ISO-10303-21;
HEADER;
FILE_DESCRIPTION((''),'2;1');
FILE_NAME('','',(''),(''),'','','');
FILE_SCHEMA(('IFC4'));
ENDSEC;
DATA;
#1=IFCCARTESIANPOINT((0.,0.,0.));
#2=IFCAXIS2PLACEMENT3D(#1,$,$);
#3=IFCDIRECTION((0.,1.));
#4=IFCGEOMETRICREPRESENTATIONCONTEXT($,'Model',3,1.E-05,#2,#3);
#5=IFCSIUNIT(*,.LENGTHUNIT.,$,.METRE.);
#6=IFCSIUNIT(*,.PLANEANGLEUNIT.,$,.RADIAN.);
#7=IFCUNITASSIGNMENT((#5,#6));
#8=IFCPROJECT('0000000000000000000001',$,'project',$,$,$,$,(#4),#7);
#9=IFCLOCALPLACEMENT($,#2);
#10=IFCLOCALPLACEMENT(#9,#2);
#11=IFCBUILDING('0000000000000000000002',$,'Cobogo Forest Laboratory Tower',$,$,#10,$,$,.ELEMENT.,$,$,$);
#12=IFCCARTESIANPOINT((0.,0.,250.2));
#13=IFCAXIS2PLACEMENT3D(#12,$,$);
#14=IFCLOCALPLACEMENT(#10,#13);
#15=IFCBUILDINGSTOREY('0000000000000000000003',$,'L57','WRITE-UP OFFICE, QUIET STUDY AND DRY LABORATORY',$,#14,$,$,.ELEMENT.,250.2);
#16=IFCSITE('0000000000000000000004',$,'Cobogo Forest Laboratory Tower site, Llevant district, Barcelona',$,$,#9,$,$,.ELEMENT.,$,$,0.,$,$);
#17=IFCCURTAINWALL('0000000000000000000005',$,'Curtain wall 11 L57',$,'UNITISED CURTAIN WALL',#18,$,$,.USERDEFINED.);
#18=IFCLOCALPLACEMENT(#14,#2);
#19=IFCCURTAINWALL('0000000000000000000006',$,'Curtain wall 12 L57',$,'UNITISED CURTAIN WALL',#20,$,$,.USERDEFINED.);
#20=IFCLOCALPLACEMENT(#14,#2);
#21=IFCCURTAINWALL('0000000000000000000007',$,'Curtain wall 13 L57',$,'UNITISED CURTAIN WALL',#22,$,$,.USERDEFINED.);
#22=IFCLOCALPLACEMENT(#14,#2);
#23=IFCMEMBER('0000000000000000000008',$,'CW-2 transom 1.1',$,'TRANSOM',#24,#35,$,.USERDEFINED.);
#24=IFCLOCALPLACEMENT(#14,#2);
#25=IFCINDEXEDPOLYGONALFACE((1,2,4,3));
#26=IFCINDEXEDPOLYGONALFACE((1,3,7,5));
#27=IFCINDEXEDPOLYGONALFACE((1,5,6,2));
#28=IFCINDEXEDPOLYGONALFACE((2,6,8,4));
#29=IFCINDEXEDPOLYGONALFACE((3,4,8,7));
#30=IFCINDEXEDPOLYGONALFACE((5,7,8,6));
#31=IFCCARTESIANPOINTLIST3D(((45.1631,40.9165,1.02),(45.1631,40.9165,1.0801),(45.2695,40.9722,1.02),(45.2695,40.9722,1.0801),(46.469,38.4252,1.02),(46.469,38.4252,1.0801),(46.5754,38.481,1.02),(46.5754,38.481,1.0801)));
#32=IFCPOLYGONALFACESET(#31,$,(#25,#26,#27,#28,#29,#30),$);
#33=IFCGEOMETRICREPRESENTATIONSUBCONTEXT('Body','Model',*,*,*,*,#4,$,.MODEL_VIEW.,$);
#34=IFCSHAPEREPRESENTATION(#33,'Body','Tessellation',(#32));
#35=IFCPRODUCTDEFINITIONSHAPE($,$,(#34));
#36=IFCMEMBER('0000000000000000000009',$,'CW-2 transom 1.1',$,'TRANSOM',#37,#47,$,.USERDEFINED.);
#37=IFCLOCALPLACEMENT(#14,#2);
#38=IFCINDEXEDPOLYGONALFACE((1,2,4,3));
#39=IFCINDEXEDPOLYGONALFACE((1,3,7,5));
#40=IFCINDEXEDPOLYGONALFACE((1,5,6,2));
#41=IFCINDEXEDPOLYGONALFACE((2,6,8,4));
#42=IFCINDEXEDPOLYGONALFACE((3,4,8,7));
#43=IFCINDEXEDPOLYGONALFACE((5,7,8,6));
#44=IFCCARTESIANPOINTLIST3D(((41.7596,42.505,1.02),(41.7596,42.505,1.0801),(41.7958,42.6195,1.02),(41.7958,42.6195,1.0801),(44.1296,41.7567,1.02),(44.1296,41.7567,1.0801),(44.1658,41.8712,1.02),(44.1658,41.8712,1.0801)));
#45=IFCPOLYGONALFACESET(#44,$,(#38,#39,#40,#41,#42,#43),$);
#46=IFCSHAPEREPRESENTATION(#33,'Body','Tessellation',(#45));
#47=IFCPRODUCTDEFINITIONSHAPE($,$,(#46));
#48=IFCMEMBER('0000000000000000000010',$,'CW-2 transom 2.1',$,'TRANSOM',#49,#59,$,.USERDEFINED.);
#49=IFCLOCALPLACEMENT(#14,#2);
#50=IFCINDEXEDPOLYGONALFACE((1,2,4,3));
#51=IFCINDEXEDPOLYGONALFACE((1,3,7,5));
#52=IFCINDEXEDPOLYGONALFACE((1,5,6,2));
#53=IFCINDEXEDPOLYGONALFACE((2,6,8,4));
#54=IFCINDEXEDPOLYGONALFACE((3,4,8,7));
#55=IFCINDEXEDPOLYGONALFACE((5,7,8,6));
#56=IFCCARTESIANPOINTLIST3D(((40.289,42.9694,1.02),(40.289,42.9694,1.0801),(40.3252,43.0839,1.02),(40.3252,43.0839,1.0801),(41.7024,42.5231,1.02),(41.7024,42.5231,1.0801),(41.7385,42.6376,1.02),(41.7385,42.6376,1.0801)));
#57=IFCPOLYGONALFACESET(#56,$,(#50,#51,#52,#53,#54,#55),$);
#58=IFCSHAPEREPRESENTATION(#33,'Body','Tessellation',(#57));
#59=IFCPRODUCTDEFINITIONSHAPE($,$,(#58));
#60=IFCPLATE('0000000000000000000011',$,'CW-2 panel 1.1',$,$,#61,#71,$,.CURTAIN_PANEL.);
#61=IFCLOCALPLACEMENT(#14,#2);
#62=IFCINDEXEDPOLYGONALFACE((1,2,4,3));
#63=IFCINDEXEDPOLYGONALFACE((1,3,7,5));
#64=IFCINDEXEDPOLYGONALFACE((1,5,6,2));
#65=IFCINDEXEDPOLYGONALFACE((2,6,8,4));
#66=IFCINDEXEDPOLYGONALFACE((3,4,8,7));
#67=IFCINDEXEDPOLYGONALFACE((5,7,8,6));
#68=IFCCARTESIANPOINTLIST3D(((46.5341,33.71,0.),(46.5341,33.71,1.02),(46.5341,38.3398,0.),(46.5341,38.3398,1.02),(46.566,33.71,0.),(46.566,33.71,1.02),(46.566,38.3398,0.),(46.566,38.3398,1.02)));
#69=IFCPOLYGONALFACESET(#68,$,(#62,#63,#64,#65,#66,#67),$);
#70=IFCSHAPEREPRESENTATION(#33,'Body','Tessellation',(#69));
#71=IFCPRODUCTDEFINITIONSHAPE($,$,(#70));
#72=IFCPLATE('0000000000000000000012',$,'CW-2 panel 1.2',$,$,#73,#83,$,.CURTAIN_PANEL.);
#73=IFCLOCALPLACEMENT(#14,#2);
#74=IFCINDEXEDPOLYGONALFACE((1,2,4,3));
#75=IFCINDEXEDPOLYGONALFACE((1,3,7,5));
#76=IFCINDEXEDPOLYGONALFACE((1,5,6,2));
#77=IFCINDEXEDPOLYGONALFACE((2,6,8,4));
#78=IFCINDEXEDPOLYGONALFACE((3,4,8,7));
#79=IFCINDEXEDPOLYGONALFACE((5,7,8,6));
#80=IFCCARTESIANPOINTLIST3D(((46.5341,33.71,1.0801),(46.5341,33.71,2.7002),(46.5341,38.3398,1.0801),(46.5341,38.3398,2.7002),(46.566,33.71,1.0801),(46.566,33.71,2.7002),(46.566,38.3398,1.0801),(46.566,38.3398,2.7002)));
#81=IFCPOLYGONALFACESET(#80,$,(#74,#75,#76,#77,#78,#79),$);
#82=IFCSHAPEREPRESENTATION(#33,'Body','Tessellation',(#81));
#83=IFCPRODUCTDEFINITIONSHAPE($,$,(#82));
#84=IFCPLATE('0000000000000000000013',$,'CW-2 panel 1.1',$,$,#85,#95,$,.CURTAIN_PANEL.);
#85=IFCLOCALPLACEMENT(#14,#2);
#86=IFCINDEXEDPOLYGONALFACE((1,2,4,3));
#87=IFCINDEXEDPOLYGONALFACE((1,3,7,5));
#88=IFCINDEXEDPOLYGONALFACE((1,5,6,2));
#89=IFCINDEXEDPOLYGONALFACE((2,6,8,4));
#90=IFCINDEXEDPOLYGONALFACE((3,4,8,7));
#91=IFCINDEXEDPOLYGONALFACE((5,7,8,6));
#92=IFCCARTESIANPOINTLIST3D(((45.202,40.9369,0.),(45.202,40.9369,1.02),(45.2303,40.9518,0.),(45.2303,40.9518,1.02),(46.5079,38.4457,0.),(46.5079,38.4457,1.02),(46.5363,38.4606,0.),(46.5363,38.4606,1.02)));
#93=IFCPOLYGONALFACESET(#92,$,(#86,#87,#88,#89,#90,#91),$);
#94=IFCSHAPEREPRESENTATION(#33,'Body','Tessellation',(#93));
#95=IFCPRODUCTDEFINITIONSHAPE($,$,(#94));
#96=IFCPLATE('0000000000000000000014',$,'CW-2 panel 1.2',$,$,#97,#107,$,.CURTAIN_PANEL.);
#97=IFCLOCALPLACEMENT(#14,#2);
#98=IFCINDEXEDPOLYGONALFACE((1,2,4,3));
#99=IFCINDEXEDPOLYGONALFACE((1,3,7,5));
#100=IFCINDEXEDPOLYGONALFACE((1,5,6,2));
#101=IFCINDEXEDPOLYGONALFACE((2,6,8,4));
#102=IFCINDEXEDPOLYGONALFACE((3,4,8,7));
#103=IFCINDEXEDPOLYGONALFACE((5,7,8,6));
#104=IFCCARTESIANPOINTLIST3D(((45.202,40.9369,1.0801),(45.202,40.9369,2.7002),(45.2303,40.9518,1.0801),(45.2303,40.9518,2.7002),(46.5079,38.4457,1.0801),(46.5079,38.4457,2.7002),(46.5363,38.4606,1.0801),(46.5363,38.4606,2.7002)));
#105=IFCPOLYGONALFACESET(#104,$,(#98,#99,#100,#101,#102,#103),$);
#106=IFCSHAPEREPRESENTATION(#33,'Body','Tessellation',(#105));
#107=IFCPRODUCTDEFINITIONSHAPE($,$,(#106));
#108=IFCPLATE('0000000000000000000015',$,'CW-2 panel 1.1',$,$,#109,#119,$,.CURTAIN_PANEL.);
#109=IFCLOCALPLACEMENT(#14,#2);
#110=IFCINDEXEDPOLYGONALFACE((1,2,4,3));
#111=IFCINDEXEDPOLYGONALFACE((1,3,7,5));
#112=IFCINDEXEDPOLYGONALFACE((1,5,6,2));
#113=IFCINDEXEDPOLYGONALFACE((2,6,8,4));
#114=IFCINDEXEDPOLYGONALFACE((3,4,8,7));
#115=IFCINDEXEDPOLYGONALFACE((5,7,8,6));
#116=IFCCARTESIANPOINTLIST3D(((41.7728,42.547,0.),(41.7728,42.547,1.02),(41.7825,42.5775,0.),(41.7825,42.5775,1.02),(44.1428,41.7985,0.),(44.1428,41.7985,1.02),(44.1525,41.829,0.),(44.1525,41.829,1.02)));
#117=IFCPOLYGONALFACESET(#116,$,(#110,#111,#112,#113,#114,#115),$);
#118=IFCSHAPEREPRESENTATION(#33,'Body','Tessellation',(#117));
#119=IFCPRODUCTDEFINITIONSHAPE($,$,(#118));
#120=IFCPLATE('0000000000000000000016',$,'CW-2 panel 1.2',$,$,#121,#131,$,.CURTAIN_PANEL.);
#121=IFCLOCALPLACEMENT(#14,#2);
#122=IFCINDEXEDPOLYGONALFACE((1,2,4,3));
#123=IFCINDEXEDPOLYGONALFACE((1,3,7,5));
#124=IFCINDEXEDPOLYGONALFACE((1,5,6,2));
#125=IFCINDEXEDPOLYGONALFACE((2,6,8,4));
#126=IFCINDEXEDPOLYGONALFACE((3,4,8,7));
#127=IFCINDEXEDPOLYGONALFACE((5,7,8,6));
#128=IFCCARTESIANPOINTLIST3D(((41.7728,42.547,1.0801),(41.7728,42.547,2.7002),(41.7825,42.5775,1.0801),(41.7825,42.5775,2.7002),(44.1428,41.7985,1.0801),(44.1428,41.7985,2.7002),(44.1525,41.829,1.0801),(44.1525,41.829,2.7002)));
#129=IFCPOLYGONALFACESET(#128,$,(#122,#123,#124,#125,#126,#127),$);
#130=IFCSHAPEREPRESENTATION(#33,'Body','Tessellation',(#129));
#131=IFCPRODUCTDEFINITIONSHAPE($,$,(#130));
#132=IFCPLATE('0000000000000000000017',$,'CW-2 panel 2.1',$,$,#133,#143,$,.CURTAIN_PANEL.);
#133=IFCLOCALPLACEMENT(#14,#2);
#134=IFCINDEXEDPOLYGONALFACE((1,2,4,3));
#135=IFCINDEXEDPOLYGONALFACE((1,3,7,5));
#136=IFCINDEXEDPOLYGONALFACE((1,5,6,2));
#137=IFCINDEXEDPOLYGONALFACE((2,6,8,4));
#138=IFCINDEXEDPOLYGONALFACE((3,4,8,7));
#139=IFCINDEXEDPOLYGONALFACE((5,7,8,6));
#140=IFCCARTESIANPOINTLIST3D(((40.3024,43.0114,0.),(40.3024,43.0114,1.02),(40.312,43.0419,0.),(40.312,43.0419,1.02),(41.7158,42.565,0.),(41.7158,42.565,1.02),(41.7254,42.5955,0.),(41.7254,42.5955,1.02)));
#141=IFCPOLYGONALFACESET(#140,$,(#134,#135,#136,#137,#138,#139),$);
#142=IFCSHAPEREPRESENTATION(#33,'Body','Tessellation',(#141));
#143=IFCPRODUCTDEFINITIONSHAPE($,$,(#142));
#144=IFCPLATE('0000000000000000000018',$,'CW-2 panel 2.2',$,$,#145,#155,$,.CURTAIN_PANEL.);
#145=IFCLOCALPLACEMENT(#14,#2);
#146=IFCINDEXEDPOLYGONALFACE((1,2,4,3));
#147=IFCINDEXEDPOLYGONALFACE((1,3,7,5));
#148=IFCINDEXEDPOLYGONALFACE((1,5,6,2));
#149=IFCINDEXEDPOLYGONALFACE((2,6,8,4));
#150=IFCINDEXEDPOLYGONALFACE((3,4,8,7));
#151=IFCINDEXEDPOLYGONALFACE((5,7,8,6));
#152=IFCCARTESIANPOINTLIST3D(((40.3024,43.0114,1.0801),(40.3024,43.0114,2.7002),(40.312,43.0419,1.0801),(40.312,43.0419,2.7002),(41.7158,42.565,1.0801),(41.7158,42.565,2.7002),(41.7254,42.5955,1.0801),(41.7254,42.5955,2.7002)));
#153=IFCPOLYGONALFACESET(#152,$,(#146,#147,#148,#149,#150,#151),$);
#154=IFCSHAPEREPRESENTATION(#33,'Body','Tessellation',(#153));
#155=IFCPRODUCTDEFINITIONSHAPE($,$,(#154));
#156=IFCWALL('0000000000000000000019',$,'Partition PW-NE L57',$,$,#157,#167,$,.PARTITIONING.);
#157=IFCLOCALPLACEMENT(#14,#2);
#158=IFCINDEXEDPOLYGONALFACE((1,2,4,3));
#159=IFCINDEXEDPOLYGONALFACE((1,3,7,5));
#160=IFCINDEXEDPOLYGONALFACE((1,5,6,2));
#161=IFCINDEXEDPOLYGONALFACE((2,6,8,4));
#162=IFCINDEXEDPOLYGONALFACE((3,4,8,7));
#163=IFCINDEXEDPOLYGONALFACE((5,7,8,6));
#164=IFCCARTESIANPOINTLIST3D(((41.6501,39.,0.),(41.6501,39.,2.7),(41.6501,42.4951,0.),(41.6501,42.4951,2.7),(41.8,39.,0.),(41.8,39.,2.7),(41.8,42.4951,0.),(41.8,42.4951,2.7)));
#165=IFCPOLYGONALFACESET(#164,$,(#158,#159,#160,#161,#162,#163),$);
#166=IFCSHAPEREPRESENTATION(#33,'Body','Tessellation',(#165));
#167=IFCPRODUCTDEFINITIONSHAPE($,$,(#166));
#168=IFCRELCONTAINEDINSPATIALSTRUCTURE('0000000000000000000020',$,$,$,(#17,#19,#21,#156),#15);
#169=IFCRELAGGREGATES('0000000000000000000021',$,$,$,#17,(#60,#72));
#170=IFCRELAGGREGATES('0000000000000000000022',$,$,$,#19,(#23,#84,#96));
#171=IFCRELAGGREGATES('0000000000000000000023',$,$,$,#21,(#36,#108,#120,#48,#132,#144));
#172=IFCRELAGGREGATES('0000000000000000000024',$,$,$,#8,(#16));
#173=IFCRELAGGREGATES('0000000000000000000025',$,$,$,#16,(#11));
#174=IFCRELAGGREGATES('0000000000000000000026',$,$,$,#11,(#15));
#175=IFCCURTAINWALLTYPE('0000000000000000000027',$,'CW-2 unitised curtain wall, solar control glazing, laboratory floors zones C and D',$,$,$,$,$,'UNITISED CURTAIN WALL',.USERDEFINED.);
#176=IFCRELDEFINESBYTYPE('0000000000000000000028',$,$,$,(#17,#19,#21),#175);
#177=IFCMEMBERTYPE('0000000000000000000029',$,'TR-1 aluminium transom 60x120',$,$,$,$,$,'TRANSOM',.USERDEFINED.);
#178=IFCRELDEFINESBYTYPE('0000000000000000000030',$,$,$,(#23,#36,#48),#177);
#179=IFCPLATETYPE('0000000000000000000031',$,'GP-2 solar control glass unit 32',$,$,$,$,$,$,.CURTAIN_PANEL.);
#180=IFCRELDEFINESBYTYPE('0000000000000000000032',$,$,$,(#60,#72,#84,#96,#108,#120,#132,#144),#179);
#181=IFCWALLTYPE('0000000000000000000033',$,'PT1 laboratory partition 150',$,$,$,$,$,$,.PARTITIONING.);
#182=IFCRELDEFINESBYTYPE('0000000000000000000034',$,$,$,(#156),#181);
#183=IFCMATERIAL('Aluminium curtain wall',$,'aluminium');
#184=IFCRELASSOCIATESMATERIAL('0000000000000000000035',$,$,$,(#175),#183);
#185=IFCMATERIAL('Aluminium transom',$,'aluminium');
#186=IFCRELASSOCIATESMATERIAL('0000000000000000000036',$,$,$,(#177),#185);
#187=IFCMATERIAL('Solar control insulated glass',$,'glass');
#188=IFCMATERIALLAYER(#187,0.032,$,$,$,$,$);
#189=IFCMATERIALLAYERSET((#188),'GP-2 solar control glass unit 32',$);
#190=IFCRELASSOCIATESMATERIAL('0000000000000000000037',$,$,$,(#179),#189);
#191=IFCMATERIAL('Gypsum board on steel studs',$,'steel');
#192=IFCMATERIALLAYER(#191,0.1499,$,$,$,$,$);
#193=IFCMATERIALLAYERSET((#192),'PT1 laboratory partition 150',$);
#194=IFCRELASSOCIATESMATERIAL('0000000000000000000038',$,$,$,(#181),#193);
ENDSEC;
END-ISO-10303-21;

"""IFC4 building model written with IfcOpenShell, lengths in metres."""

from ifc_helpers import new_model, si_unit, direction, frame, frame_2d, origin, origin_2d, place, context, subcontext, project, spatial, rectangle, extrude, material, layer, layer_set, material_profile, profile_set, type_object, element, aggregate, save


model = new_model("IFC4")

# Units and contexts
model_context = context("Model", 3, precision=1e-05, world=origin(), true_north=direction((0.0, 1.0)))
body_context = subcontext(model_context, "Body", "Model", "MODEL_VIEW")
ifc_project = project(units=[si_unit("LENGTHUNIT", "METRE"), si_unit("PLANEANGLEUNIT", "RADIAN")], contexts=[model_context])

# Site, building, storey
site_placement = place(None, origin())
site = spatial("IfcSite", under=ifc_project, at=site_placement, Name="Cobogo Forest Laboratory Tower site, Llevant district, Barcelona", CompositionType="ELEMENT", RefElevation=0.0)
building_placement = place(site_placement, origin())
building = spatial("IfcBuilding", under=site, at=building_placement, Name="Cobogo Forest Laboratory Tower", CompositionType="ELEMENT")
storey_placement = place(building_placement, frame((0.0, 0.0, 250.2)))
storey = spatial("IfcBuildingStorey", under=building, at=storey_placement, Name="L57", Description="WRITE-UP OFFICE, QUIET STUDY AND DRY LABORATORY", CompositionType="ELEMENT", Elevation=250.2)

# Curtain wall
ifc_material_1 = material(Name="Aluminium curtain wall", Category="aluminium")
curtain_wall_type = type_object("IfcCurtainWallType", Name="CW-2 unitised curtain wall, solar control glazing, laboratory floors zones C and D", ElementType="UNITISED CURTAIN WALL", PredefinedType="USERDEFINED", material=ifc_material_1)
curtain_wall_1_placement = place(storey_placement, origin())
curtain_wall_1 = element("IfcCurtainWall", 1, at=curtain_wall_1_placement, inside=storey, type_object=curtain_wall_type, Name="Curtain wall 11 L57", ObjectType="UNITISED CURTAIN WALL", PredefinedType="USERDEFINED")

# Curtain walls
curtain_wall_2_placement = place(storey_placement, origin())
curtain_wall_2 = element("IfcCurtainWall", 2, at=curtain_wall_2_placement, inside=storey, type_object=curtain_wall_type, Name="Curtain wall 12 L57", ObjectType="UNITISED CURTAIN WALL", PredefinedType="USERDEFINED")
curtain_wall_3_placement = place(storey_placement, origin())
curtain_wall_3 = element("IfcCurtainWall", 3, at=curtain_wall_3_placement, inside=storey, type_object=curtain_wall_type, Name="Curtain wall 13 L57", ObjectType="UNITISED CURTAIN WALL", PredefinedType="USERDEFINED")

# Members
ifc_material_2 = material(Name="Aluminium transom", Category="aluminium")
ifc_material_profile_1 = material_profile(ifc_material_2, rectangle(XDim=0.1201, YDim=0.0601, at=origin_2d()), Name="AL 60x120")
ifc_profile_set_1 = profile_set([ifc_material_profile_1], Name="Aluminium transom")
member_type_1 = type_object("IfcMemberType", Name="TR-1 aluminium transom 60x120", ElementType="TRANSOM", PredefinedType="USERDEFINED", material=ifc_profile_set_1)
member_1_placement = place(storey_placement, frame((46.5222, 38.4531, 1.05), z_axis=(-0.464283, 0.885687, 0.0), x_axis=(-0.885687, -0.464283, 0.0)))
member_1 = element("IfcMember", 4, at=member_1_placement, type_object=member_type_1, Name="CW-2 transom 1.1", ObjectType="TRANSOM", PredefinedType="USERDEFINED", context=body_context, shape_type="SweptSolid", body=[
    extrude(rectangle(XDim=0.1201, YDim=0.0601, at=origin_2d()), origin(), (0.0, 0.0, 1.0), 2.8127),
])
member_2_placement = place(storey_placement, frame((44.1477, 41.814, 1.05), z_axis=(-0.953602, 0.30107, 0.0), x_axis=(-0.30107, -0.953602, 0.0)))
member_2 = element("IfcMember", 5, at=member_2_placement, type_object=member_type_1, Name="CW-2 transom 1.1", ObjectType="TRANSOM", PredefinedType="USERDEFINED", context=body_context, shape_type="SweptSolid", body=[
    extrude(rectangle(XDim=0.1201, YDim=0.0601, at=origin_2d()), origin(), (0.0, 0.0, 1.0), 2.4854),
])
member_3_placement = place(storey_placement, frame((41.7205, 42.5803, 1.05), z_axis=(-0.953588, 0.301116, 0.0), x_axis=(-0.301116, -0.953588, 0.0)))
member_3 = element("IfcMember", 6, at=member_3_placement, type_object=member_type_1, Name="CW-2 transom 2.1", ObjectType="TRANSOM", PredefinedType="USERDEFINED", context=body_context, shape_type="SweptSolid", body=[
    extrude(rectangle(XDim=0.1201, YDim=0.0601, at=origin_2d()), origin(), (0.0, 0.0, 1.0), 1.4822),
])

# Plates
ifc_material_3 = material(Name="Solar control insulated glass", Category="glass")
ifc_layer_1 = layer(ifc_material_3, 0.032)
ifc_layer_set_1 = layer_set([ifc_layer_1], Name="GP-2 solar control glass unit 32")
plate_type = type_object("IfcPlateType", Name="GP-2 solar control glass unit 32", PredefinedType="CURTAIN_PANEL", material=ifc_layer_set_1)
plate_1_placement = place(storey_placement, frame((46.55, 36.0249, 0.0), z_axis=(0.0, 0.0, 1.0), x_axis=(0.0, 1.0, 0.0)))
plate_1 = element("IfcPlate", 7, at=plate_1_placement, type_object=plate_type, Name="CW-2 panel 1.1", PredefinedType="CURTAIN_PANEL", context=body_context, shape_type="SweptSolid", body=[
    extrude(rectangle(XDim=4.6299, YDim=0.032, at=origin_2d()), origin(), (0.0, 0.0, 1.0), 1.02),
])
plate_2_placement = place(storey_placement, frame((46.55, 36.0249, 1.0801), z_axis=(0.0, 0.0, 1.0), x_axis=(0.0, 1.0, 0.0)))
plate_2 = element("IfcPlate", 8, at=plate_2_placement, type_object=plate_type, Name="CW-2 panel 1.2", PredefinedType="CURTAIN_PANEL", context=body_context, shape_type="SweptSolid", body=[
    extrude(rectangle(XDim=4.6299, YDim=0.032, at=origin_2d()), origin(), (0.0, 0.0, 1.0), 1.6201),
])
aggregate(curtain_wall_1, [plate_1, plate_2])
plate_3_placement = place(storey_placement, frame((45.8691, 39.6987, 0.0), z_axis=(0.0, 0.0, 1.0), x_axis=(-0.464284, 0.885686, 0.0)))
plate_3 = element("IfcPlate", 9, at=plate_3_placement, type_object=plate_type, Name="CW-2 panel 1.1", PredefinedType="CURTAIN_PANEL", context=body_context, shape_type="SweptSolid", body=[
    extrude(rectangle(XDim=2.8127, YDim=0.032, at=origin_2d()), origin(), (0.0, 0.0, 1.0), 1.02),
])
plate_4_placement = place(storey_placement, frame((45.8691, 39.6987, 1.0801), z_axis=(0.0, 0.0, 1.0), x_axis=(-0.464284, 0.885686, 0.0)))
plate_4 = element("IfcPlate", 10, at=plate_4_placement, type_object=plate_type, Name="CW-2 panel 1.2", PredefinedType="CURTAIN_PANEL", context=body_context, shape_type="SweptSolid", body=[
    extrude(rectangle(XDim=2.8127, YDim=0.032, at=origin_2d()), origin(), (0.0, 0.0, 1.0), 1.6201),
])
aggregate(curtain_wall_2, [member_1, plate_3, plate_4])
plate_5_placement = place(storey_placement, frame((42.9626, 42.188, 0.0), z_axis=(0.0, 0.0, 1.0), x_axis=(-0.953581, 0.301135, 0.0)))
plate_5 = element("IfcPlate", 11, at=plate_5_placement, type_object=plate_type, Name="CW-2 panel 1.1", PredefinedType="CURTAIN_PANEL", context=body_context, shape_type="SweptSolid", body=[
    extrude(rectangle(XDim=2.4854, YDim=0.032, at=origin_2d()), origin(), (0.0, 0.0, 1.0), 1.02),
])
plate_6_placement = place(storey_placement, frame((42.9626, 42.188, 1.0801), z_axis=(0.0, 0.0, 1.0), x_axis=(-0.953581, 0.301135, 0.0)))
plate_6 = element("IfcPlate", 12, at=plate_6_placement, type_object=plate_type, Name="CW-2 panel 1.2", PredefinedType="CURTAIN_PANEL", context=body_context, shape_type="SweptSolid", body=[
    extrude(rectangle(XDim=2.4854, YDim=0.032, at=origin_2d()), origin(), (0.0, 0.0, 1.0), 1.6201),
])
plate_7_placement = place(storey_placement, frame((41.0139, 42.8035, 0.0), z_axis=(0.0, 0.0, 1.0), x_axis=(-0.953581, 0.301135, 0.0)))
plate_7 = element("IfcPlate", 13, at=plate_7_placement, type_object=plate_type, Name="CW-2 panel 2.1", PredefinedType="CURTAIN_PANEL", context=body_context, shape_type="SweptSolid", body=[
    extrude(rectangle(XDim=1.4822, YDim=0.032, at=origin_2d()), origin(), (0.0, 0.0, 1.0), 1.02),
])
plate_8_placement = place(storey_placement, frame((41.0139, 42.8035, 1.0801), z_axis=(0.0, 0.0, 1.0), x_axis=(-0.953581, 0.301135, 0.0)))
plate_8 = element("IfcPlate", 14, at=plate_8_placement, type_object=plate_type, Name="CW-2 panel 2.2", PredefinedType="CURTAIN_PANEL", context=body_context, shape_type="SweptSolid", body=[
    extrude(rectangle(XDim=1.4822, YDim=0.032, at=origin_2d()), origin(), (0.0, 0.0, 1.0), 1.6201),
])
aggregate(curtain_wall_3, [member_2, plate_5, plate_6, member_3, plate_7, plate_8])

# Wall
ifc_material_4 = material(Name="Gypsum board on steel studs", Category="steel")
ifc_layer_2 = layer(ifc_material_4, 0.1499)
ifc_layer_set_2 = layer_set([ifc_layer_2], Name="PT1 laboratory partition 150")
wall_type = type_object("IfcWallType", Name="PT1 laboratory partition 150", PredefinedType="PARTITIONING", material=ifc_layer_set_2)
wall_placement = place(storey_placement, frame((41.7251, 42.4951, 0.0), z_axis=(0.0, 0.0, 1.0), x_axis=(0.0, -1.0, 0.0)))
element("IfcWall", 15, at=wall_placement, inside=storey, type_object=wall_type, Name="Partition PW-NE L57", PredefinedType="PARTITIONING", context=body_context, shape_type="SweptSolid", body=[
    extrude(rectangle(XDim=3.4951, YDim=0.1499, at=frame_2d((1.7476, 0.0))), origin(), (0.0, 0.0, 1.0), 2.7),
])

save(model, "model.ifc")
